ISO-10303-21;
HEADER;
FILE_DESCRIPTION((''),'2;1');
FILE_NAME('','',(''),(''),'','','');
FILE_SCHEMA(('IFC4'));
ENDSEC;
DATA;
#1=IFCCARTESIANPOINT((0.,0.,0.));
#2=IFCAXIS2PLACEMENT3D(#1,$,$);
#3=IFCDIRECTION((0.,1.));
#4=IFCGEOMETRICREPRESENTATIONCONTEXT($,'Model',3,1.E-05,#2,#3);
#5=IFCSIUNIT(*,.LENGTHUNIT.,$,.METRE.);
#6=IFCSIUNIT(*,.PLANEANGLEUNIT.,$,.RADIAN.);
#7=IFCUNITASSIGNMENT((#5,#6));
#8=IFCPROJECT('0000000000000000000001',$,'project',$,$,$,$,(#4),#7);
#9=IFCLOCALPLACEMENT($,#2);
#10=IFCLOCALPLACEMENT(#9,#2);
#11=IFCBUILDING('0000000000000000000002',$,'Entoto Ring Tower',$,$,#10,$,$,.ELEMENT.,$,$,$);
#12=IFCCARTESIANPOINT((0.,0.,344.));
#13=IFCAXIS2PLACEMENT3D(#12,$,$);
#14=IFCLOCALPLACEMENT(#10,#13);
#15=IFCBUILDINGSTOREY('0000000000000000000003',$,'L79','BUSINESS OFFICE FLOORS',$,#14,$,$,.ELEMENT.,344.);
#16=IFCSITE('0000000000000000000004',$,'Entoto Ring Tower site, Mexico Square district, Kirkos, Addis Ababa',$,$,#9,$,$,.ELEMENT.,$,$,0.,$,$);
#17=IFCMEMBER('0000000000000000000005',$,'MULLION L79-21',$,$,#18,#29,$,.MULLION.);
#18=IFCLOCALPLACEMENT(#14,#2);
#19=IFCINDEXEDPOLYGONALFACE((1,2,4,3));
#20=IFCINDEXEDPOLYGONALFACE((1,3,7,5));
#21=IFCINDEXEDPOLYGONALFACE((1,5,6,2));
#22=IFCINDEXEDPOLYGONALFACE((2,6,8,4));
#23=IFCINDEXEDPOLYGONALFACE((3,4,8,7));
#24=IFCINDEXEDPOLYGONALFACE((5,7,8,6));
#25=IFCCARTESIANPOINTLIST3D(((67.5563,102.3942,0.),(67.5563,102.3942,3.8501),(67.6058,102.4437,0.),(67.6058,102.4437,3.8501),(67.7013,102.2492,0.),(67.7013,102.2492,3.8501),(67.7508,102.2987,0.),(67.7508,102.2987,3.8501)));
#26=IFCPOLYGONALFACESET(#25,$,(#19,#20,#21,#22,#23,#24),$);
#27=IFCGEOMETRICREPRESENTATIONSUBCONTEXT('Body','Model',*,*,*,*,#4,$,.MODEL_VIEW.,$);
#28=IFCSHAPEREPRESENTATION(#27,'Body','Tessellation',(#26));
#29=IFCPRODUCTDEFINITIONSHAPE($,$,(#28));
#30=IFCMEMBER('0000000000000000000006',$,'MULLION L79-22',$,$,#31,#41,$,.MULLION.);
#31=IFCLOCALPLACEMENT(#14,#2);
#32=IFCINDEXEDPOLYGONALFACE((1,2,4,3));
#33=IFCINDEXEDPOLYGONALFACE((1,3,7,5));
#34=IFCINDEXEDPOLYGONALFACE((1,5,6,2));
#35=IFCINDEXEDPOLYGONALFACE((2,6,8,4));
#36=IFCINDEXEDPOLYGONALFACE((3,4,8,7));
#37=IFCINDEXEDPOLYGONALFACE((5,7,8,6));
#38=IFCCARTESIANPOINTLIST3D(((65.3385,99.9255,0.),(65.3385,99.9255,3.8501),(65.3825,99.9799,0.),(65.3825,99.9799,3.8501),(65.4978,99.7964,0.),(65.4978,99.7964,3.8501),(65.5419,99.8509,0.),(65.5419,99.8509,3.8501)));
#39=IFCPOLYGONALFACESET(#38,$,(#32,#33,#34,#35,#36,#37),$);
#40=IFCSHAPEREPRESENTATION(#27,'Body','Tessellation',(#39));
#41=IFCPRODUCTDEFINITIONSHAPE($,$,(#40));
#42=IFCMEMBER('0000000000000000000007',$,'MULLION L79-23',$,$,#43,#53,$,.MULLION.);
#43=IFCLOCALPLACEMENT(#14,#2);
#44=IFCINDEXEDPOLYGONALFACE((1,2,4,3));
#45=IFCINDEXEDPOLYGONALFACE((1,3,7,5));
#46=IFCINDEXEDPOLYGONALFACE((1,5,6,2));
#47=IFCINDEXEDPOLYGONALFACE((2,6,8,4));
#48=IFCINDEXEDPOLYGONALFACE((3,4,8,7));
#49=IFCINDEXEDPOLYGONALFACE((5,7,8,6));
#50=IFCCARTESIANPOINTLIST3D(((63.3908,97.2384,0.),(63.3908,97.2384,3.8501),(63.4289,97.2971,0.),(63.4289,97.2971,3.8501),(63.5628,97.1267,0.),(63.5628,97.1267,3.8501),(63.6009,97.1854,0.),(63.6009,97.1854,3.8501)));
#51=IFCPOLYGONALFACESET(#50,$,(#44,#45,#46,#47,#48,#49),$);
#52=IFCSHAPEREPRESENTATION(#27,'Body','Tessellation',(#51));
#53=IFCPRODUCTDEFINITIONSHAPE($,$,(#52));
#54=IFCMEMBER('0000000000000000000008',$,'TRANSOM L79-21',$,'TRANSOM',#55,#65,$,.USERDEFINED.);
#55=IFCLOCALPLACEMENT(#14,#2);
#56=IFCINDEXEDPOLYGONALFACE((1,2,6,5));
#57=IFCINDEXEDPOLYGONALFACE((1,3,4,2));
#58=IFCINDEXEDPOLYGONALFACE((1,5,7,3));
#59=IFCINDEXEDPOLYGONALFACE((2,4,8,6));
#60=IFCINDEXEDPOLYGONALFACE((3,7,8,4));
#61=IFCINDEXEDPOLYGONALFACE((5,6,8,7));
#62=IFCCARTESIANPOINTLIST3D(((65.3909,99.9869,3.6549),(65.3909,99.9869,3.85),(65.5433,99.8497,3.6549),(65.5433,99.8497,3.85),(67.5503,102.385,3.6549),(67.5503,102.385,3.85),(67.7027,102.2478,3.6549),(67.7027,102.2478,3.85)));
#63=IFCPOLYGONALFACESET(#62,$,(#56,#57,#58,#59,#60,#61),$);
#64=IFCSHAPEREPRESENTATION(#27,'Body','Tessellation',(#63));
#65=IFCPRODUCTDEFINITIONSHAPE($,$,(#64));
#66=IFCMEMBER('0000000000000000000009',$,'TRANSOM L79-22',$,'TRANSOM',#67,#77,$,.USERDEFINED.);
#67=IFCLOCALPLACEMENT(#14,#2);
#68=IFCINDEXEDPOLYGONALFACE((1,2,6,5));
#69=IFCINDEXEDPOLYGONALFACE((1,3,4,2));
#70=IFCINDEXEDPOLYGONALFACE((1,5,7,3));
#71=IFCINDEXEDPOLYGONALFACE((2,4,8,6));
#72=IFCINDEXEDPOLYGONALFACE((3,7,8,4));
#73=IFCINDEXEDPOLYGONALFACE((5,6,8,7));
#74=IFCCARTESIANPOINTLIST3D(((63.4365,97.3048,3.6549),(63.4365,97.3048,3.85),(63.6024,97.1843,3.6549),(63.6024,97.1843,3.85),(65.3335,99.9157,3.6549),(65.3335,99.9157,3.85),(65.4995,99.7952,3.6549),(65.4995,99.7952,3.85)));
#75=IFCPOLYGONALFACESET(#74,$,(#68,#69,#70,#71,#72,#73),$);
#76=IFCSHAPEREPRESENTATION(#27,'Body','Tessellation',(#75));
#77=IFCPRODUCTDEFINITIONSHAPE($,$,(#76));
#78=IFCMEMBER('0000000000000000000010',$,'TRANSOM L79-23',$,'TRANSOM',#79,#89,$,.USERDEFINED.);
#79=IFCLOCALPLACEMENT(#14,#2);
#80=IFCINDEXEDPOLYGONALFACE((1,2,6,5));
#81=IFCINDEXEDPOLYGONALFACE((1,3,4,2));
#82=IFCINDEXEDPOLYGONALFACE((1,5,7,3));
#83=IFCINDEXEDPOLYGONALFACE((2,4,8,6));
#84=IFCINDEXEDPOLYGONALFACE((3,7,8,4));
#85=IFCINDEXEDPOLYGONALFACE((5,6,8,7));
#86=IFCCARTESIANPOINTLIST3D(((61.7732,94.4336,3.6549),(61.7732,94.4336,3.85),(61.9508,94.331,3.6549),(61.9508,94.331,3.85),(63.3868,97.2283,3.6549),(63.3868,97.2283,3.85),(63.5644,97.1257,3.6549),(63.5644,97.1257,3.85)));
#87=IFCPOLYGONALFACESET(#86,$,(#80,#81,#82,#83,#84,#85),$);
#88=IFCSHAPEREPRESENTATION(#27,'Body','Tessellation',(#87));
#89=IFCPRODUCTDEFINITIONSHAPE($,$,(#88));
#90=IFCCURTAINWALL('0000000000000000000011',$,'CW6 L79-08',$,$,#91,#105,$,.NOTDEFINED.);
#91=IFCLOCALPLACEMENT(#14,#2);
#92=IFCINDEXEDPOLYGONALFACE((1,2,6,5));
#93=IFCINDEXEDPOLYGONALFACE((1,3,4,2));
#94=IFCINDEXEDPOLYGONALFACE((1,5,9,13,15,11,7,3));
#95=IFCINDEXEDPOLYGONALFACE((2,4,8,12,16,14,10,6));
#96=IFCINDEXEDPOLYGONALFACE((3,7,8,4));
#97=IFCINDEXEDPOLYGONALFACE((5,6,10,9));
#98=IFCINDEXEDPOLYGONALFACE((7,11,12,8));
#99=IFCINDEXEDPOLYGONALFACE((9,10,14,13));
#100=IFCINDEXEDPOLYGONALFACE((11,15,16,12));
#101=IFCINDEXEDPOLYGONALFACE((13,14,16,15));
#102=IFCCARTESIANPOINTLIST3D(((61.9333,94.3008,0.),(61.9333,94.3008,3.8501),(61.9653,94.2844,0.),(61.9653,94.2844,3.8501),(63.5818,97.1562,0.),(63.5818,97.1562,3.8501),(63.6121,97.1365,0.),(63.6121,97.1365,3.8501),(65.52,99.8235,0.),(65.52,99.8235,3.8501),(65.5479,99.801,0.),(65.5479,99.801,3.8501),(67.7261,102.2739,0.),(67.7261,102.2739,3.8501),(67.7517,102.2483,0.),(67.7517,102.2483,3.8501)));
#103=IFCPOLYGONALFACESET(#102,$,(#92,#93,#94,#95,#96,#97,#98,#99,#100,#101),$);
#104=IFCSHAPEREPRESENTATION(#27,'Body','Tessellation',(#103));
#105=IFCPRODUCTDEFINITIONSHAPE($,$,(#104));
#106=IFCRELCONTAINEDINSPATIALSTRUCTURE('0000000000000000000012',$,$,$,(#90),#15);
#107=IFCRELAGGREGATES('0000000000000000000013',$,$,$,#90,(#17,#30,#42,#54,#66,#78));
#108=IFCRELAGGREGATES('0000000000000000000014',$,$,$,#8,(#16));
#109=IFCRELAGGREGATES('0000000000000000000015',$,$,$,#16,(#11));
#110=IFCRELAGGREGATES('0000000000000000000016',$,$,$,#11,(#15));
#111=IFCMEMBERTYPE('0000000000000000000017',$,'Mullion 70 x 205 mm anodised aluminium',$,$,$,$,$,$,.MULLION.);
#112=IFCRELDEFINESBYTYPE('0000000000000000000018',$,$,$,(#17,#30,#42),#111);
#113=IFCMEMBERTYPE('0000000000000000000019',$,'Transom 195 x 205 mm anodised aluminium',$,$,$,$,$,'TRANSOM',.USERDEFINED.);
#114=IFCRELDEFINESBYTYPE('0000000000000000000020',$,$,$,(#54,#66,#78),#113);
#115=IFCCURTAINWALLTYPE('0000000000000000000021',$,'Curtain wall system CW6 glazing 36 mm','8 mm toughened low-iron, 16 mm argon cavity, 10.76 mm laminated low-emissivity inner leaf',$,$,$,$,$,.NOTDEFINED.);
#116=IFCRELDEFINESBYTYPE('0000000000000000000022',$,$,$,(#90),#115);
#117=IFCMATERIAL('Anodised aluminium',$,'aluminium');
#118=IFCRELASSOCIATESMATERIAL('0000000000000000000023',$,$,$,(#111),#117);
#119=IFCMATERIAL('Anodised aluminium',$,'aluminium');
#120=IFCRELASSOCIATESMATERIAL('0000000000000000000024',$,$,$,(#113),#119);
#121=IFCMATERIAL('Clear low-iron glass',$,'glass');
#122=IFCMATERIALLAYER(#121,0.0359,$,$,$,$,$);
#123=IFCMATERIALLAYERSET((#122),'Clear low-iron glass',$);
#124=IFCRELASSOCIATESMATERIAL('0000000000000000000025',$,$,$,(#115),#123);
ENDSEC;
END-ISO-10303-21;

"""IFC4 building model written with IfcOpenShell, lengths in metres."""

from ifc_helpers import new_model, si_unit, direction, frame, origin, origin_2d, place, context, subcontext, project, spatial, polyline, rectangle, outline, extrude, material, layer, layer_set, material_profile, profile_set, type_object, element, aggregate, save


model = new_model("IFC4")

# Units and contexts
model_context = context("Model", 3, precision=1e-05, world=origin(), true_north=direction((0.0, 1.0)))
body_context = subcontext(model_context, "Body", "Model", "MODEL_VIEW")
ifc_project = project(units=[si_unit("LENGTHUNIT", "METRE"), si_unit("PLANEANGLEUNIT", "RADIAN")], contexts=[model_context])

# Members
ifc_material_1 = material(Name="Anodised aluminium", Category="aluminium")
ifc_material_profile_1 = material_profile(ifc_material_1, rectangle(XDim=0.0701, YDim=0.2051, at=origin_2d()), Name="Mullion 70 x 205 mm anodised aluminium")
ifc_profile_set_1 = profile_set([ifc_material_profile_1], Name="Anodised aluminium")
member_type_1 = type_object("IfcMemberType", Name="Mullion 70 x 205 mm anodised aluminium", PredefinedType="MULLION", material=ifc_profile_set_1)
site_placement = place(None, origin())
building_placement = place(site_placement, origin())
storey_placement = place(building_placement, frame((0.0, 0.0, 344.0)))
member_1_placement = place(storey_placement, frame((67.6536, 102.3464, 0.0), z_axis=(0.0, 0.0, 1.0), x_axis=(-0.707107, -0.707107, 0.0)))
member_1 = element("IfcMember", 1, at=member_1_placement, type_object=member_type_1, Name="MULLION L79-21", PredefinedType="MULLION", context=body_context, shape_type="SweptSolid", body=[
    extrude(rectangle(XDim=0.0701, YDim=0.2051, at=origin_2d()), origin(), (0.0, 0.0, 1.0), 3.8501),
])
member_2_placement = place(storey_placement, frame((65.4402, 99.8882, 0.0), z_axis=(0.0, 0.0, 1.0), x_axis=(-0.62932, -0.777146, 0.0)))
member_2 = element("IfcMember", 2, at=member_2_placement, type_object=member_type_1, Name="MULLION L79-22", PredefinedType="MULLION", context=body_context, shape_type="SweptSolid", body=[
    extrude(rectangle(XDim=0.0701, YDim=0.2051, at=origin_2d()), origin(), (0.0, 0.0, 1.0), 3.8501),
])
member_3_placement = place(storey_placement, frame((63.4958, 97.2119, 0.0), z_axis=(0.0, 0.0, 1.0), x_axis=(-0.544639, -0.838671, 0.0)))
member_3 = element("IfcMember", 3, at=member_3_placement, type_object=member_type_1, Name="MULLION L79-23", PredefinedType="MULLION", context=body_context, shape_type="SweptSolid", body=[
    extrude(rectangle(XDim=0.0701, YDim=0.2051, at=origin_2d()), origin(), (0.0, 0.0, 1.0), 3.8501),
])
ifc_material_2 = material(Name="Anodised aluminium", Category="aluminium")
ifc_material_profile_2 = material_profile(ifc_material_2, rectangle(XDim=0.2051, YDim=0.1951, at=origin_2d()), Name="Transom 195 x 205 mm anodised aluminium")
ifc_profile_set_2 = profile_set([ifc_material_profile_2], Name="Anodised aluminium")
member_type_2 = type_object("IfcMemberType", Name="Transom 195 x 205 mm anodised aluminium", ElementType="TRANSOM", PredefinedType="USERDEFINED", material=ifc_profile_set_2)
member_4_placement = place(storey_placement, frame((67.6265, 102.3164, 3.7524), z_axis=(-0.669144, -0.743132, 0.0), x_axis=(0.743132, -0.669144, 0.0)))
member_4 = element("IfcMember", 4, at=member_4_placement, type_object=member_type_2, Name="TRANSOM L79-21", ObjectType="TRANSOM", PredefinedType="USERDEFINED", context=body_context, shape_type="SweptSolid", body=[
    extrude(rectangle(XDim=0.2051, YDim=0.1951, at=origin_2d()), origin(), (0.0, 0.0, 1.0), 3.2271),
])
member_5_placement = place(storey_placement, frame((65.4165, 99.8555, 3.7524), z_axis=(-0.587803, -0.809004, 0.0), x_axis=(0.809004, -0.587803, 0.0)))
member_5 = element("IfcMember", 5, at=member_5_placement, type_object=member_type_2, Name="TRANSOM L79-22", ObjectType="TRANSOM", PredefinedType="USERDEFINED", context=body_context, shape_type="SweptSolid", body=[
    extrude(rectangle(XDim=0.2051, YDim=0.1951, at=origin_2d()), origin(), (0.0, 0.0, 1.0), 3.2273),
])
member_6_placement = place(storey_placement, frame((63.4756, 97.177, 3.7524), z_axis=(-0.500004, -0.866023, 0.0), x_axis=(0.866023, -0.500004, 0.0)))
member_6 = element("IfcMember", 6, at=member_6_placement, type_object=member_type_2, Name="TRANSOM L79-23", ObjectType="TRANSOM", PredefinedType="USERDEFINED", context=body_context, shape_type="SweptSolid", body=[
    extrude(rectangle(XDim=0.2051, YDim=0.1951, at=origin_2d()), origin(), (0.0, 0.0, 1.0), 3.2271),
])

# Site, building, storey
site = spatial("IfcSite", under=ifc_project, at=site_placement, Name="Entoto Ring Tower site, Mexico Square district, Kirkos, Addis Ababa", CompositionType="ELEMENT", RefElevation=0.0)
building = spatial("IfcBuilding", under=site, at=building_placement, Name="Entoto Ring Tower", CompositionType="ELEMENT")
storey = spatial("IfcBuildingStorey", under=building, at=storey_placement, Name="L79", Description="BUSINESS OFFICE FLOORS", CompositionType="ELEMENT", Elevation=344.0)

# Curtain wall
ifc_material_3 = material(Name="Clear low-iron glass", Category="glass")
ifc_layer = layer(ifc_material_3, 0.0359)
ifc_layer_set = layer_set([ifc_layer], Name="Clear low-iron glass")
curtain_wall_type = type_object("IfcCurtainWallType", Name="Curtain wall system CW6 glazing 36 mm", Description="8 mm toughened low-iron, 16 mm argon cavity, 10.76 mm laminated low-emissivity inner leaf", PredefinedType="NOTDEFINED", material=ifc_layer_set)
curtain_wall_1_placement = place(storey_placement, origin())
curtain_wall_1 = element("IfcCurtainWall", 7, at=curtain_wall_1_placement, inside=storey, type_object=curtain_wall_type, Name="CW6 L79-08", PredefinedType="NOTDEFINED", context=body_context, shape_type="SweptSolid", body=[
    extrude(outline(polyline([(67.7261, 102.2739), (65.52, 99.8235), (63.5818, 97.1562), (61.9333, 94.3008), (61.9653, 94.2844), (63.6121, 97.1365), (65.5479, 99.801), (67.7517, 102.2483), (67.7261, 102.2739)])), origin(), (0.0, 0.0, 1.0), 3.8501),
])
aggregate(curtain_wall_1, [member_1, member_2, member_3, member_4, member_5, member_6])

save(model, "model.ifc")
